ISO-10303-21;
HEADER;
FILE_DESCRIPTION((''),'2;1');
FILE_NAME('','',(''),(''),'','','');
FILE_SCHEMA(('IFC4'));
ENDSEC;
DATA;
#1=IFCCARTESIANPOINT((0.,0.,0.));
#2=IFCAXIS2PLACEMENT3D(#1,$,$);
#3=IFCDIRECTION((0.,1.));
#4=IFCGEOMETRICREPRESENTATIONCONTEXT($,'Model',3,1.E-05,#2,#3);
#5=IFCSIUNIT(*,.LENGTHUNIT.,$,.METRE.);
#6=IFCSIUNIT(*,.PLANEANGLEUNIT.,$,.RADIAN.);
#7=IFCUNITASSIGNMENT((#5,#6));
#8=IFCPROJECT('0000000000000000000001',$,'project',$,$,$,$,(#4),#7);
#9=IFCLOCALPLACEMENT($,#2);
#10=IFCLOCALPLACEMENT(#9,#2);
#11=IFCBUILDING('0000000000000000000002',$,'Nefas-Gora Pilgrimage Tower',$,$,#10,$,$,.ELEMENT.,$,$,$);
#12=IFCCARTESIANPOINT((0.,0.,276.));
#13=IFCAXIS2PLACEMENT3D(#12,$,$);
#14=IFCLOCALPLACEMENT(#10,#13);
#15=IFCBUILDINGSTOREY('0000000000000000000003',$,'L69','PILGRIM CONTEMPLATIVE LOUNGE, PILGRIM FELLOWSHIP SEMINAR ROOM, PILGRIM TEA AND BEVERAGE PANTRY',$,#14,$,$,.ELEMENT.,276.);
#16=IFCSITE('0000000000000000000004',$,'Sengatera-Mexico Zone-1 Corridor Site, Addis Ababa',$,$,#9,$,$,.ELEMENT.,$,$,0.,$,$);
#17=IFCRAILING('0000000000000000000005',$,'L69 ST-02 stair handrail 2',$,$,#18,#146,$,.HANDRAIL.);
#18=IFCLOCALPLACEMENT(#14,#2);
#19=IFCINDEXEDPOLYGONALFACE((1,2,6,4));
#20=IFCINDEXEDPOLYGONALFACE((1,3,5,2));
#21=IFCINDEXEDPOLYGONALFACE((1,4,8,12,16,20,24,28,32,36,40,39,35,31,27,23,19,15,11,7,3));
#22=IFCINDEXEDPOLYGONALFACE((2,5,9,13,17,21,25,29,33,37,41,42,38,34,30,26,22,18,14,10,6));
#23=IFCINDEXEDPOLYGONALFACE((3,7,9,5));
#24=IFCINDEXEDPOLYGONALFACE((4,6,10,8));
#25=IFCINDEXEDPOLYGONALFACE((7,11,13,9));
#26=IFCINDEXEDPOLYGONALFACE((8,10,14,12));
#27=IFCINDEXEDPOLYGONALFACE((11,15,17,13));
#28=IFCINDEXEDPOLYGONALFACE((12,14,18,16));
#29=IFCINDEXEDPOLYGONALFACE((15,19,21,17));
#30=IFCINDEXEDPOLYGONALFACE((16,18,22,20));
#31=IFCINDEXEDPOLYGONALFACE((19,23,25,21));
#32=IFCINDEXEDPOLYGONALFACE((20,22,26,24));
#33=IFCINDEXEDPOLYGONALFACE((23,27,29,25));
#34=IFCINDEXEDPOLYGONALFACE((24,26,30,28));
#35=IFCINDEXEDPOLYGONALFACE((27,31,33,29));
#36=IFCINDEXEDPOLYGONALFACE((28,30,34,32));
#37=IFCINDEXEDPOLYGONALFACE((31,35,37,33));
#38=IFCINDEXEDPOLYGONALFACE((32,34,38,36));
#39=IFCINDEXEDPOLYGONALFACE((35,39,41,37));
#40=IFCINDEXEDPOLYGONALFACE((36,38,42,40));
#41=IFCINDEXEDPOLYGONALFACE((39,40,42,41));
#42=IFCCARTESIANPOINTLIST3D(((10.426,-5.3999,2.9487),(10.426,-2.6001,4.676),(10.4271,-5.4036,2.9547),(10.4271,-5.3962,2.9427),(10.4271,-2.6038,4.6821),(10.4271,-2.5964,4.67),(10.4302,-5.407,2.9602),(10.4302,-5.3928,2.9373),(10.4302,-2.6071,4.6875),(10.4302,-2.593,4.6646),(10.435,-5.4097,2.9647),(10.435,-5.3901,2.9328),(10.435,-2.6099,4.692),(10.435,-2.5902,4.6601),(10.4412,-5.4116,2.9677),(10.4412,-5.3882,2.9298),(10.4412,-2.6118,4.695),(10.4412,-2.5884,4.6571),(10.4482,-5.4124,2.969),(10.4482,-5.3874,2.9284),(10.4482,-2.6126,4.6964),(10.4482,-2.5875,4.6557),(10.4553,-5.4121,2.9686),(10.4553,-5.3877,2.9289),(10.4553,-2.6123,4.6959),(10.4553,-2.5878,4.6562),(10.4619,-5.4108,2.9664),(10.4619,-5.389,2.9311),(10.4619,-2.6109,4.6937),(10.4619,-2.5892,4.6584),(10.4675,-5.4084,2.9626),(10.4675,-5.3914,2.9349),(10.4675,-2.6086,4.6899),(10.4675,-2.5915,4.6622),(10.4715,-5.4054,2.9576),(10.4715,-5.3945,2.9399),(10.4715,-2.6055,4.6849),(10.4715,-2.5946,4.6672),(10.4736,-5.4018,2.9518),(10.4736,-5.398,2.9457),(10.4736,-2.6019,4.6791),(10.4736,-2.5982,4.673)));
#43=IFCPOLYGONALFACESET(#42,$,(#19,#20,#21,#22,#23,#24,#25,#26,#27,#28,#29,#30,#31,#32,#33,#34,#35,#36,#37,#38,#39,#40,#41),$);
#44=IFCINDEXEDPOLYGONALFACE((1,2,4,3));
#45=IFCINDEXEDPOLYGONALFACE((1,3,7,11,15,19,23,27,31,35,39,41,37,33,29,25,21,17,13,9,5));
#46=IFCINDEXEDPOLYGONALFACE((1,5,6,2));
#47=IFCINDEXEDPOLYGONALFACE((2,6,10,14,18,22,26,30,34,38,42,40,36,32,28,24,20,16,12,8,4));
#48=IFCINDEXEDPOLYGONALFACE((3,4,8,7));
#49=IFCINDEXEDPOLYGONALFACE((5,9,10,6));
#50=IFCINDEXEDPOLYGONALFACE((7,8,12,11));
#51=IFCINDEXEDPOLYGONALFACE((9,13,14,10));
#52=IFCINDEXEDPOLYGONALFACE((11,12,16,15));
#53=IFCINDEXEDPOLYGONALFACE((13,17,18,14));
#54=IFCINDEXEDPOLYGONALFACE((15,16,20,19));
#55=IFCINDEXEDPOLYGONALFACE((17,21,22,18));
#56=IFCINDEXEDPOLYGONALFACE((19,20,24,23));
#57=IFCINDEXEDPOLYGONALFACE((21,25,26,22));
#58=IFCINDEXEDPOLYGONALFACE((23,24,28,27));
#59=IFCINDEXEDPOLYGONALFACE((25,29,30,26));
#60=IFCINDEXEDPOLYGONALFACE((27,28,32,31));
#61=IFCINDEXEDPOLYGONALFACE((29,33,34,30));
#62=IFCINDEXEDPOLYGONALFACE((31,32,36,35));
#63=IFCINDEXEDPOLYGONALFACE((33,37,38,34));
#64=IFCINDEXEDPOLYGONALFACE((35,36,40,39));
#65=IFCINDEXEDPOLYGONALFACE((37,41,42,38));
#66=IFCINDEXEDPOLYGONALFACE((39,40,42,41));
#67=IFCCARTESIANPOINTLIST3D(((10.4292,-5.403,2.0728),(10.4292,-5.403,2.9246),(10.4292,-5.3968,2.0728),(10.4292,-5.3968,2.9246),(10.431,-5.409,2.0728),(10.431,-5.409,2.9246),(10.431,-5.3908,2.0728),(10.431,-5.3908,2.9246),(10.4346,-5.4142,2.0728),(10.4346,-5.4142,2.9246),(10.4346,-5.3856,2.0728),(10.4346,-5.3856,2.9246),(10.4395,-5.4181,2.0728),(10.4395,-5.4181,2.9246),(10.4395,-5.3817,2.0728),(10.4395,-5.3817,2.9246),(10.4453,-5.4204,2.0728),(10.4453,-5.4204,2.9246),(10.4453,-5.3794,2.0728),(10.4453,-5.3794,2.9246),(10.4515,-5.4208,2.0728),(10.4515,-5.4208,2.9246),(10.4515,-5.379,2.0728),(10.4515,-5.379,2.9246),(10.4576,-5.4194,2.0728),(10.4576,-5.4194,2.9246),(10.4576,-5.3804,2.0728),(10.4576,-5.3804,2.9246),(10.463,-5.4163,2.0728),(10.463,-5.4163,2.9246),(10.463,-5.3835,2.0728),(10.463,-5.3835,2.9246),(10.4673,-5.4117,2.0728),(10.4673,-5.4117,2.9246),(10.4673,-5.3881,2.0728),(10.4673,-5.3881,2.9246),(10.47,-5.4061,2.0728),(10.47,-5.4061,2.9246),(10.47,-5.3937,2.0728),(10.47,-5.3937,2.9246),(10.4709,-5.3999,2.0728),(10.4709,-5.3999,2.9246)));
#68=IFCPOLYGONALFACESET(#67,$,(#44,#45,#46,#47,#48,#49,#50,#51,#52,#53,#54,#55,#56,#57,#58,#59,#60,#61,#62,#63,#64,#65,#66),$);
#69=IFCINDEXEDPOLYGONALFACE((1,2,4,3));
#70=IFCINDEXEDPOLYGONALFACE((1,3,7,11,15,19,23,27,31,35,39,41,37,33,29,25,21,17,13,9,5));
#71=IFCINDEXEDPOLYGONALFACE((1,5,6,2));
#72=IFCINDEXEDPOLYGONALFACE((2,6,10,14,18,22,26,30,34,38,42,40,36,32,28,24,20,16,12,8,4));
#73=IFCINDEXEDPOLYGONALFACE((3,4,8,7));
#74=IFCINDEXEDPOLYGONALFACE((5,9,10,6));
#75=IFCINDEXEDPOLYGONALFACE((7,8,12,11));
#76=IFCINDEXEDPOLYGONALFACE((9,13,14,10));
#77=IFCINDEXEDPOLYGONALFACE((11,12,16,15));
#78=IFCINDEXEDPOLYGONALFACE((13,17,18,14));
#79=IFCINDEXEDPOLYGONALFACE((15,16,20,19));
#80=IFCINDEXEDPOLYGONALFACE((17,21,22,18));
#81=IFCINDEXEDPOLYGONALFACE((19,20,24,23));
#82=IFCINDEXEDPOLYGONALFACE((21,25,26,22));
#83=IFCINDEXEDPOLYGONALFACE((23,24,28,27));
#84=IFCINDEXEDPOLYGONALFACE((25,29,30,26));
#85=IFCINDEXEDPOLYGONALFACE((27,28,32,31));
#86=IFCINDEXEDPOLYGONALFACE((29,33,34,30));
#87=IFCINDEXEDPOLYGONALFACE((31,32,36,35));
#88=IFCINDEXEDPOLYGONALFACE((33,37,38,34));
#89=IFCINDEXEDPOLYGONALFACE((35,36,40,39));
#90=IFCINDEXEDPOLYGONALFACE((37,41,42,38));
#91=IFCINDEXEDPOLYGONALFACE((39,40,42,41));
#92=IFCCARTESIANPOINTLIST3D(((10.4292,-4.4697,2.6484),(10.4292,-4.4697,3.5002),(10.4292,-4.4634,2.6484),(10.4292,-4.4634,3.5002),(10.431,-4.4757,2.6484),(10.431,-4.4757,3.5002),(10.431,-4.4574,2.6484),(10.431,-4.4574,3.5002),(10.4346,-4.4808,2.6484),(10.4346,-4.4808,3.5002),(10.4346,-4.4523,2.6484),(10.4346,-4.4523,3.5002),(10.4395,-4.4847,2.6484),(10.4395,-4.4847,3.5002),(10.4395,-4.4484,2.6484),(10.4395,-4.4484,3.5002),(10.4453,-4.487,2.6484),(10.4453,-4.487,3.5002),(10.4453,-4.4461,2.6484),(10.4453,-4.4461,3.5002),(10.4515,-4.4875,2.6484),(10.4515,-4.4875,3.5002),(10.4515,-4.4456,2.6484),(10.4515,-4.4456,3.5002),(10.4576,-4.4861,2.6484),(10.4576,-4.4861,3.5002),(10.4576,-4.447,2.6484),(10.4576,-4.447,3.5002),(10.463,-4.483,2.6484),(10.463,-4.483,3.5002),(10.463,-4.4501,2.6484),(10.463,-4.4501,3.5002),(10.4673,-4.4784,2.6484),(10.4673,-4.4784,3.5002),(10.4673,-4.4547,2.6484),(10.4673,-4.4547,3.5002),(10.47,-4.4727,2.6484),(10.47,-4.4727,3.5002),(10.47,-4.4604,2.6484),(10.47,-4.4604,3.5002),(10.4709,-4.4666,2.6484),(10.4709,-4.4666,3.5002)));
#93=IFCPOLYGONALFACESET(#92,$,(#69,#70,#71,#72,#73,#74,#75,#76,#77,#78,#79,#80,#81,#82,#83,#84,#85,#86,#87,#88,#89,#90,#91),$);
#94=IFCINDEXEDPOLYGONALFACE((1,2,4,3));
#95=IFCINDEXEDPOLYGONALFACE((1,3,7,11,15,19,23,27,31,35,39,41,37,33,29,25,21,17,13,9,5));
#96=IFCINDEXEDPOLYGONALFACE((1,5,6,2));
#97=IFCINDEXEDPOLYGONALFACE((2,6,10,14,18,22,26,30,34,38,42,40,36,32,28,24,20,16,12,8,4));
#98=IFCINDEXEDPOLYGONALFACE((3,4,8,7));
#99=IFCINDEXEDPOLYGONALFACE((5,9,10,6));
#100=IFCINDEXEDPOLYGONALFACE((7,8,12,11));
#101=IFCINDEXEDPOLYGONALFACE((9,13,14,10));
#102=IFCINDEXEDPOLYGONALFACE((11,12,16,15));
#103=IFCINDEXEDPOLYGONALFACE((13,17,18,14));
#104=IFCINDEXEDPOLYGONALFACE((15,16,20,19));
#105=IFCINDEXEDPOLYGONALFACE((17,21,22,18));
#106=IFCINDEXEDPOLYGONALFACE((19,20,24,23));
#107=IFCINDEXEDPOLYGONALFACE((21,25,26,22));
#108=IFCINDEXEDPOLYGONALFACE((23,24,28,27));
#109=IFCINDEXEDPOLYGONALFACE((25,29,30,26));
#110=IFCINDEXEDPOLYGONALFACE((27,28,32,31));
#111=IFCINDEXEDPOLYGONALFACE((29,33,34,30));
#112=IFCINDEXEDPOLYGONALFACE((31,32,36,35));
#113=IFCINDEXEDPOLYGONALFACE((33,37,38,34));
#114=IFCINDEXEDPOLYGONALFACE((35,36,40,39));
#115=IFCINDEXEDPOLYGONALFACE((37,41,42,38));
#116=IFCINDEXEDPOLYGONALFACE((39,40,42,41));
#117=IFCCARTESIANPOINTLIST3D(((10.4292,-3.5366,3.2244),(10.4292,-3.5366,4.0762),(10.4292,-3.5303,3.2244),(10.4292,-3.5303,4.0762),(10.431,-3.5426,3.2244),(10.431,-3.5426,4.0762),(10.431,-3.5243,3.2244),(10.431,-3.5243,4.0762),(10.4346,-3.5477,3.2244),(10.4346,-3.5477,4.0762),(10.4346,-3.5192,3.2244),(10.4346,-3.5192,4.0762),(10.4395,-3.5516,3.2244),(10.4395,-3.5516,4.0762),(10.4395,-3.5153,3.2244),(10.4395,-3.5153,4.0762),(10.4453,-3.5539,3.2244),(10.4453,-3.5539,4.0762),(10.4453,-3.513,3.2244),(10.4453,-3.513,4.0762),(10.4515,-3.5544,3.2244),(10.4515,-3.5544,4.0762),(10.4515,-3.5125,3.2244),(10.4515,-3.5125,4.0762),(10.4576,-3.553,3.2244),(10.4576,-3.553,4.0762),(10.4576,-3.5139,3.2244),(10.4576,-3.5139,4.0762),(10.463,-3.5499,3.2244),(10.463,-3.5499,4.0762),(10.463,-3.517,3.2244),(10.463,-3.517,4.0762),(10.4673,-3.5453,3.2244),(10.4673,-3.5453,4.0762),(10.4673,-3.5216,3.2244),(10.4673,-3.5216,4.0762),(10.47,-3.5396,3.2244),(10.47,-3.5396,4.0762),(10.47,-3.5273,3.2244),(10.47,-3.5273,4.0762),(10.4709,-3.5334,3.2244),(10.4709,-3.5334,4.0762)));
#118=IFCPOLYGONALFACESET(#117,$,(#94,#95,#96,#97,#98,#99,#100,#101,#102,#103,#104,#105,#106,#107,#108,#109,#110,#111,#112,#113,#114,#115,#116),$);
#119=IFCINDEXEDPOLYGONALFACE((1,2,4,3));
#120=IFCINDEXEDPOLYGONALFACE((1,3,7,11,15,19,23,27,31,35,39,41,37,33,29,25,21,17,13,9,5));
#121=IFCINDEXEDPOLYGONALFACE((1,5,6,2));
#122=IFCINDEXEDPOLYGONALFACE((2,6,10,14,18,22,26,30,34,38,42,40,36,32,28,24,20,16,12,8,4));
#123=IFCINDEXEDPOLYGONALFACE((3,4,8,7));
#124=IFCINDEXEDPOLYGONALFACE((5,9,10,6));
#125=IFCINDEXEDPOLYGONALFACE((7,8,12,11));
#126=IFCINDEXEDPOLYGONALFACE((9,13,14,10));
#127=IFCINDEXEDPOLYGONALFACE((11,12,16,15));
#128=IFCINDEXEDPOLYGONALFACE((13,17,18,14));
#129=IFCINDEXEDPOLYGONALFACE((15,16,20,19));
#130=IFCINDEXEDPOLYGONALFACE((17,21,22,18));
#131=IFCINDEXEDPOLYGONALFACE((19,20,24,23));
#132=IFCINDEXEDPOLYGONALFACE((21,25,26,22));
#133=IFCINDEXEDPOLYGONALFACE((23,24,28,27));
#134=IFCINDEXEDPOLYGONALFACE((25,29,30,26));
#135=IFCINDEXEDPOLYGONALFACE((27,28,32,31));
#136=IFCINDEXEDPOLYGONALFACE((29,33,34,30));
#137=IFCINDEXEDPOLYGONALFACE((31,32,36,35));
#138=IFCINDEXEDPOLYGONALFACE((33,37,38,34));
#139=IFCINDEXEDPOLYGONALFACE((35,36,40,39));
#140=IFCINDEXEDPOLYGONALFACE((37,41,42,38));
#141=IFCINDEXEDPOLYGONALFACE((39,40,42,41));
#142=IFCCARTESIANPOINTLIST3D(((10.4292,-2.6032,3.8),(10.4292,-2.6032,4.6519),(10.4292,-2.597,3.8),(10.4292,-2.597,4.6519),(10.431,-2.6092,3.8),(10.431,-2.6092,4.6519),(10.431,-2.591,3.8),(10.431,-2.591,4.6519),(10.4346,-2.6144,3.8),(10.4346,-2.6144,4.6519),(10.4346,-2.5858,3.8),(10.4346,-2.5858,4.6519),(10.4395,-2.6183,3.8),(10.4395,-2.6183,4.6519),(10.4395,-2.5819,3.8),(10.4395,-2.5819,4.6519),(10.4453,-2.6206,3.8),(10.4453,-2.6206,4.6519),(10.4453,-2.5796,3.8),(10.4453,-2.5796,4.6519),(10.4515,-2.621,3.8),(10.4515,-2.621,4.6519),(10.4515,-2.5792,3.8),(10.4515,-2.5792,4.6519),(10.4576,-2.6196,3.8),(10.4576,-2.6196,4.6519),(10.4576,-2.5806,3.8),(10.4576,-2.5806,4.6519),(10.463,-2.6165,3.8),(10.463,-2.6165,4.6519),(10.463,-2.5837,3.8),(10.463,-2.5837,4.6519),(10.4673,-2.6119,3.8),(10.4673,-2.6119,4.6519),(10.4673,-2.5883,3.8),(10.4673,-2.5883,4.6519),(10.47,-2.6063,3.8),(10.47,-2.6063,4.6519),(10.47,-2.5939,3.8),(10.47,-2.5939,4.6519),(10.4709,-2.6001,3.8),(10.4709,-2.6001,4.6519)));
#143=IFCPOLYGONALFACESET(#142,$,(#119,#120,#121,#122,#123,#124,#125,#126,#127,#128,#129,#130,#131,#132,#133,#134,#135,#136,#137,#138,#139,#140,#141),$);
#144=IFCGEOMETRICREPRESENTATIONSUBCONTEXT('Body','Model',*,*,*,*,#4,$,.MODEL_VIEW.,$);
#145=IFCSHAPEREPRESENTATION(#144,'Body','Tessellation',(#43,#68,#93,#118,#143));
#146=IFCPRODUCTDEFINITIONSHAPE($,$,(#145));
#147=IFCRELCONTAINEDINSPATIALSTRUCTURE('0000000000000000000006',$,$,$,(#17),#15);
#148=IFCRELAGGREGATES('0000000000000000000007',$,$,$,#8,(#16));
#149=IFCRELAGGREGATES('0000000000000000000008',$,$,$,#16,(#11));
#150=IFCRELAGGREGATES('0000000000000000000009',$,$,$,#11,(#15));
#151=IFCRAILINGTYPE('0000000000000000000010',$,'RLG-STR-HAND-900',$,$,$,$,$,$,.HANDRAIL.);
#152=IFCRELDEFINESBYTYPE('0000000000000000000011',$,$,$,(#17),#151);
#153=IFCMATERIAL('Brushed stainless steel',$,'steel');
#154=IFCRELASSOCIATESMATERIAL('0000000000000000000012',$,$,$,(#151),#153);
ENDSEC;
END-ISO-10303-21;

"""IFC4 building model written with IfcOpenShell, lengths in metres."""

from ifc_helpers import new_model, si_unit, direction, frame, origin, origin_2d, place, context, subcontext, project, spatial, circle, extrude, material, type_object, element, save


model = new_model("IFC4")

# Units and contexts
model_context = context("Model", 3, precision=1e-05, world=origin(), true_north=direction((0.0, 1.0)))
body_context = subcontext(model_context, "Body", "Model", "MODEL_VIEW")
ifc_project = project(units=[si_unit("LENGTHUNIT", "METRE"), si_unit("PLANEANGLEUNIT", "RADIAN")], contexts=[model_context])

# Site, building, storey
site_placement = place(None, origin())
site = spatial("IfcSite", under=ifc_project, at=site_placement, Name="Sengatera-Mexico Zone-1 Corridor Site, Addis Ababa", CompositionType="ELEMENT", RefElevation=0.0)
building_placement = place(site_placement, origin())
building = spatial("IfcBuilding", under=site, at=building_placement, Name="Nefas-Gora Pilgrimage Tower", CompositionType="ELEMENT")
storey_placement = place(building_placement, frame((0.0, 0.0, 276.0)))
storey = spatial("IfcBuildingStorey", under=building, at=storey_placement, Name="L69", Description="PILGRIM CONTEMPLATIVE LOUNGE, PILGRIM FELLOWSHIP SEMINAR ROOM, PILGRIM TEA AND BEVERAGE PANTRY", CompositionType="ELEMENT", Elevation=276.0)

# Railing
ifc_material_1 = material(Name="Brushed stainless steel", Category="steel")
railing_type_1 = type_object("IfcRailingType", Name="RLG-STR-HAND-900", PredefinedType="HANDRAIL", material=ifc_material_1)
railing_1_placement = place(storey_placement, frame((10.45, -5.3999, 2.0728)))
element("IfcRailing", 1, at=railing_1_placement, inside=storey, type_object=railing_type_1, Name="L69 ST-02 stair handrail 2", PredefinedType="HANDRAIL", context=body_context, shape_type="SweptSolid", body=[
    extrude(circle(Radius=0.0239, at=origin_2d()), frame((0.0, 0.0, 0.876), z_axis=(0.0, 0.851069, 0.525054), x_axis=(-1.0, 0.0, 0.0)), (0.0, 0.0, 1.0), 3.2898),
    extrude(circle(Radius=0.021, at=origin_2d()), origin(), (0.0, 0.0, 1.0), 0.8518),
    extrude(circle(Radius=0.021, at=origin_2d()), frame((0.0, 0.9333, 0.5757)), (0.0, 0.0, 1.0), 0.8518),
    extrude(circle(Radius=0.021, at=origin_2d()), frame((0.0, 1.8665, 1.1516)), (0.0, 0.0, 1.0), 0.8518),
    extrude(circle(Radius=0.021, at=origin_2d()), frame((0.0, 2.7998, 1.7273)), (0.0, 0.0, 1.0), 0.8518),
])

save(model, "model.ifc")
